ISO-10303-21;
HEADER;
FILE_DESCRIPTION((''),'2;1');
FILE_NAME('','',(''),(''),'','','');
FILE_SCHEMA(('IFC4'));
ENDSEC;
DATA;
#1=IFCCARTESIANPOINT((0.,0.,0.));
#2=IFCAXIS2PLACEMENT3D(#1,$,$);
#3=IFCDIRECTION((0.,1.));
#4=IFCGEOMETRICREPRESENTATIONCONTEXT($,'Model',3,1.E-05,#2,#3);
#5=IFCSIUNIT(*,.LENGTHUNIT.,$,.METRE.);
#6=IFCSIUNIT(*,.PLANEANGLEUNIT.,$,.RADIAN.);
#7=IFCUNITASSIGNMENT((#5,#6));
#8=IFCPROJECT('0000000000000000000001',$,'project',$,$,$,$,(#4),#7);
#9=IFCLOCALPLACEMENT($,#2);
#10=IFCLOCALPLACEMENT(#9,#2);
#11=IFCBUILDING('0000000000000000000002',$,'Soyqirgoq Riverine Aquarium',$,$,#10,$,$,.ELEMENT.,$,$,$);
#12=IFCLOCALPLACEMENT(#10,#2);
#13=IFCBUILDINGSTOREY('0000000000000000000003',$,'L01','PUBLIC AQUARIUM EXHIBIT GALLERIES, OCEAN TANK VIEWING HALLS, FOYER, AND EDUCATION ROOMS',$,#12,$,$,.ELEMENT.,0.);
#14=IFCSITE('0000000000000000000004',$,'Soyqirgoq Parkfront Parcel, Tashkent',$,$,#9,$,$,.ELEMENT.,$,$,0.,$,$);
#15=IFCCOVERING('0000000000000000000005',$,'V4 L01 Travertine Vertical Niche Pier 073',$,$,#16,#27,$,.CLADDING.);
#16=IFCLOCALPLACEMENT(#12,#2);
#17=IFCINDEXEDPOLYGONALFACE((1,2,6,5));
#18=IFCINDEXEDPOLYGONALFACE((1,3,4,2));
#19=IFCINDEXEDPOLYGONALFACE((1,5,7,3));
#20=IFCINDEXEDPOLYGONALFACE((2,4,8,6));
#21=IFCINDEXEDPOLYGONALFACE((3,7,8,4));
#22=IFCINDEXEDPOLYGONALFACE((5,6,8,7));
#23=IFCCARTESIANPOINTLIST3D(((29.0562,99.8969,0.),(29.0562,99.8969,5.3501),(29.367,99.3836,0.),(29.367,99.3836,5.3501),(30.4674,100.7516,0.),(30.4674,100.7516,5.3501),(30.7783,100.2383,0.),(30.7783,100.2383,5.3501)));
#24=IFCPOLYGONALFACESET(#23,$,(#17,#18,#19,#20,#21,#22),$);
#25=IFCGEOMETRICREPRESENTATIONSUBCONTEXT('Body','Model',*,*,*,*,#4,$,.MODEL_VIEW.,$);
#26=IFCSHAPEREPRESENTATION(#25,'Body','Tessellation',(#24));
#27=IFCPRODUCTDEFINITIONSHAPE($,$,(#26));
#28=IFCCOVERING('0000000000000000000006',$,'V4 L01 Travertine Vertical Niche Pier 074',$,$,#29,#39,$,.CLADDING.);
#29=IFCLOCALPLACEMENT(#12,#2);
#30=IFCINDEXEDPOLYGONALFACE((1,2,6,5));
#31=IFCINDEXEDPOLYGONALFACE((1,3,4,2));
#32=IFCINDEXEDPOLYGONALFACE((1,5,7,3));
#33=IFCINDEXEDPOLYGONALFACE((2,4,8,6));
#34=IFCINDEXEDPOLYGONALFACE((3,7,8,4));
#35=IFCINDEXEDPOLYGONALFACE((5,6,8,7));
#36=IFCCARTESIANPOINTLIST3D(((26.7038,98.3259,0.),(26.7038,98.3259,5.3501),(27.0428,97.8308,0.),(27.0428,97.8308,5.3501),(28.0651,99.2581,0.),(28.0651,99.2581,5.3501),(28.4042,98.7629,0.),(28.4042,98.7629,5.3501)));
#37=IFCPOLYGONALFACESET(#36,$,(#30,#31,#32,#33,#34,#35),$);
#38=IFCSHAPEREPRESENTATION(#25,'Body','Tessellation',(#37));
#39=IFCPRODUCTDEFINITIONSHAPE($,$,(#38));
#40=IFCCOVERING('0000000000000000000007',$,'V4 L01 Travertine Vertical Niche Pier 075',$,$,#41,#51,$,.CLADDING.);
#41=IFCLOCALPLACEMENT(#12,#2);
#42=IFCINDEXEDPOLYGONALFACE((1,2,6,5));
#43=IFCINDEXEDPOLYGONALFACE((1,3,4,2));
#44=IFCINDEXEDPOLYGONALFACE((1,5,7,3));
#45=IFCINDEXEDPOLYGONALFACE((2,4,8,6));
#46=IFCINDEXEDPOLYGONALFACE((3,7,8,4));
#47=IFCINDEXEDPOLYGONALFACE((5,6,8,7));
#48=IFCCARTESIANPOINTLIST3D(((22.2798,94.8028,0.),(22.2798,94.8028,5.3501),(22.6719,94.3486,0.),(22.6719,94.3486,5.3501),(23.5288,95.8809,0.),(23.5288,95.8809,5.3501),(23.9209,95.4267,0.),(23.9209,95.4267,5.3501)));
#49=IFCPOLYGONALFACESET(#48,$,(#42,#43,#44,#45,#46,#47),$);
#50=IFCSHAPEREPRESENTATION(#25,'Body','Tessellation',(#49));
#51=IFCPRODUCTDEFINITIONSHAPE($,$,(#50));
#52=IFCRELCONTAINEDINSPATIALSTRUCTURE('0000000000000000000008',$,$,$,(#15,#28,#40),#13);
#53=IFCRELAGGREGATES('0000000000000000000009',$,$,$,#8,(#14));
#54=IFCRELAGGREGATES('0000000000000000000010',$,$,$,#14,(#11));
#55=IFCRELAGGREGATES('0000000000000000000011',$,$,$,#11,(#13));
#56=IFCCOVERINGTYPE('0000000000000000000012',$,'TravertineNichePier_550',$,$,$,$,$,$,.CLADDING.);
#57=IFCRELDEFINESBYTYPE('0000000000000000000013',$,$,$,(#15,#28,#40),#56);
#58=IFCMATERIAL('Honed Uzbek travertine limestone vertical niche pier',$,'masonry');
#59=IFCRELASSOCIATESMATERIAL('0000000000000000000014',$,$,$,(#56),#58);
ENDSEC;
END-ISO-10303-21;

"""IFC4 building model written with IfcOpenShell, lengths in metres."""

from ifc_helpers import new_model, si_unit, direction, frame, origin, origin_2d, place, context, subcontext, project, spatial, rectangle, extrude, material, type_object, element, save


model = new_model("IFC4")

# Units and contexts
model_context = context("Model", 3, precision=1e-05, world=origin(), true_north=direction((0.0, 1.0)))
body_context = subcontext(model_context, "Body", "Model", "MODEL_VIEW")
ifc_project = project(units=[si_unit("LENGTHUNIT", "METRE"), si_unit("PLANEANGLEUNIT", "RADIAN")], contexts=[model_context])

# Site, building, storey
site_placement = place(None, origin())
site = spatial("IfcSite", under=ifc_project, at=site_placement, Name="Soyqirgoq Parkfront Parcel, Tashkent", CompositionType="ELEMENT", RefElevation=0.0)
building_placement = place(site_placement, origin())
building = spatial("IfcBuilding", under=site, at=building_placement, Name="Soyqirgoq Riverine Aquarium", CompositionType="ELEMENT")
storey_placement = place(building_placement, origin())
storey = spatial("IfcBuildingStorey", under=building, at=storey_placement, Name="L01", Description="PUBLIC AQUARIUM EXHIBIT GALLERIES, OCEAN TANK VIEWING HALLS, FOYER, AND EDUCATION ROOMS", CompositionType="ELEMENT", Elevation=0.0)

# Coverings
ifc_material_1 = material(Name="Honed Uzbek travertine limestone vertical niche pier", Category="masonry")
covering_type_1 = type_object("IfcCoveringType", Name="TravertineNichePier_550", PredefinedType="CLADDING", material=ifc_material_1)
for number, where, z_axis, x_axis, name in (
    (1, (29.9172, 100.0676, 0.0), (0.0, 0.0, 1.0), (-0.518027, 0.855364, 0.0), "V4 L01 Travertine Vertical Niche Pier 073"),
    (2, (27.554, 98.5444, 0.0), (0.0, 0.0, 1.0), (-0.564967, 0.825113, 0.0), "V4 L01 Travertine Vertical Niche Pier 074"),
    (3, (23.1003, 95.1147, 0.0), (0.0, 0.0, 1.0), (-0.653421, 0.756995, 0.0), "V4 L01 Travertine Vertical Niche Pier 075"),
):
    element("IfcCovering", number, at=place(storey_placement, frame(where, z_axis=z_axis, x_axis=x_axis)), inside=storey, type_object=covering_type_1, Name=name, PredefinedType="CLADDING", context=body_context, shape_type="SweptSolid", body=[
        extrude(rectangle(XDim=0.6001, YDim=1.6499, at=origin_2d()), origin(), (0.0, 0.0, 1.0), 5.3501),
    ])

save(model, "model.ifc")
